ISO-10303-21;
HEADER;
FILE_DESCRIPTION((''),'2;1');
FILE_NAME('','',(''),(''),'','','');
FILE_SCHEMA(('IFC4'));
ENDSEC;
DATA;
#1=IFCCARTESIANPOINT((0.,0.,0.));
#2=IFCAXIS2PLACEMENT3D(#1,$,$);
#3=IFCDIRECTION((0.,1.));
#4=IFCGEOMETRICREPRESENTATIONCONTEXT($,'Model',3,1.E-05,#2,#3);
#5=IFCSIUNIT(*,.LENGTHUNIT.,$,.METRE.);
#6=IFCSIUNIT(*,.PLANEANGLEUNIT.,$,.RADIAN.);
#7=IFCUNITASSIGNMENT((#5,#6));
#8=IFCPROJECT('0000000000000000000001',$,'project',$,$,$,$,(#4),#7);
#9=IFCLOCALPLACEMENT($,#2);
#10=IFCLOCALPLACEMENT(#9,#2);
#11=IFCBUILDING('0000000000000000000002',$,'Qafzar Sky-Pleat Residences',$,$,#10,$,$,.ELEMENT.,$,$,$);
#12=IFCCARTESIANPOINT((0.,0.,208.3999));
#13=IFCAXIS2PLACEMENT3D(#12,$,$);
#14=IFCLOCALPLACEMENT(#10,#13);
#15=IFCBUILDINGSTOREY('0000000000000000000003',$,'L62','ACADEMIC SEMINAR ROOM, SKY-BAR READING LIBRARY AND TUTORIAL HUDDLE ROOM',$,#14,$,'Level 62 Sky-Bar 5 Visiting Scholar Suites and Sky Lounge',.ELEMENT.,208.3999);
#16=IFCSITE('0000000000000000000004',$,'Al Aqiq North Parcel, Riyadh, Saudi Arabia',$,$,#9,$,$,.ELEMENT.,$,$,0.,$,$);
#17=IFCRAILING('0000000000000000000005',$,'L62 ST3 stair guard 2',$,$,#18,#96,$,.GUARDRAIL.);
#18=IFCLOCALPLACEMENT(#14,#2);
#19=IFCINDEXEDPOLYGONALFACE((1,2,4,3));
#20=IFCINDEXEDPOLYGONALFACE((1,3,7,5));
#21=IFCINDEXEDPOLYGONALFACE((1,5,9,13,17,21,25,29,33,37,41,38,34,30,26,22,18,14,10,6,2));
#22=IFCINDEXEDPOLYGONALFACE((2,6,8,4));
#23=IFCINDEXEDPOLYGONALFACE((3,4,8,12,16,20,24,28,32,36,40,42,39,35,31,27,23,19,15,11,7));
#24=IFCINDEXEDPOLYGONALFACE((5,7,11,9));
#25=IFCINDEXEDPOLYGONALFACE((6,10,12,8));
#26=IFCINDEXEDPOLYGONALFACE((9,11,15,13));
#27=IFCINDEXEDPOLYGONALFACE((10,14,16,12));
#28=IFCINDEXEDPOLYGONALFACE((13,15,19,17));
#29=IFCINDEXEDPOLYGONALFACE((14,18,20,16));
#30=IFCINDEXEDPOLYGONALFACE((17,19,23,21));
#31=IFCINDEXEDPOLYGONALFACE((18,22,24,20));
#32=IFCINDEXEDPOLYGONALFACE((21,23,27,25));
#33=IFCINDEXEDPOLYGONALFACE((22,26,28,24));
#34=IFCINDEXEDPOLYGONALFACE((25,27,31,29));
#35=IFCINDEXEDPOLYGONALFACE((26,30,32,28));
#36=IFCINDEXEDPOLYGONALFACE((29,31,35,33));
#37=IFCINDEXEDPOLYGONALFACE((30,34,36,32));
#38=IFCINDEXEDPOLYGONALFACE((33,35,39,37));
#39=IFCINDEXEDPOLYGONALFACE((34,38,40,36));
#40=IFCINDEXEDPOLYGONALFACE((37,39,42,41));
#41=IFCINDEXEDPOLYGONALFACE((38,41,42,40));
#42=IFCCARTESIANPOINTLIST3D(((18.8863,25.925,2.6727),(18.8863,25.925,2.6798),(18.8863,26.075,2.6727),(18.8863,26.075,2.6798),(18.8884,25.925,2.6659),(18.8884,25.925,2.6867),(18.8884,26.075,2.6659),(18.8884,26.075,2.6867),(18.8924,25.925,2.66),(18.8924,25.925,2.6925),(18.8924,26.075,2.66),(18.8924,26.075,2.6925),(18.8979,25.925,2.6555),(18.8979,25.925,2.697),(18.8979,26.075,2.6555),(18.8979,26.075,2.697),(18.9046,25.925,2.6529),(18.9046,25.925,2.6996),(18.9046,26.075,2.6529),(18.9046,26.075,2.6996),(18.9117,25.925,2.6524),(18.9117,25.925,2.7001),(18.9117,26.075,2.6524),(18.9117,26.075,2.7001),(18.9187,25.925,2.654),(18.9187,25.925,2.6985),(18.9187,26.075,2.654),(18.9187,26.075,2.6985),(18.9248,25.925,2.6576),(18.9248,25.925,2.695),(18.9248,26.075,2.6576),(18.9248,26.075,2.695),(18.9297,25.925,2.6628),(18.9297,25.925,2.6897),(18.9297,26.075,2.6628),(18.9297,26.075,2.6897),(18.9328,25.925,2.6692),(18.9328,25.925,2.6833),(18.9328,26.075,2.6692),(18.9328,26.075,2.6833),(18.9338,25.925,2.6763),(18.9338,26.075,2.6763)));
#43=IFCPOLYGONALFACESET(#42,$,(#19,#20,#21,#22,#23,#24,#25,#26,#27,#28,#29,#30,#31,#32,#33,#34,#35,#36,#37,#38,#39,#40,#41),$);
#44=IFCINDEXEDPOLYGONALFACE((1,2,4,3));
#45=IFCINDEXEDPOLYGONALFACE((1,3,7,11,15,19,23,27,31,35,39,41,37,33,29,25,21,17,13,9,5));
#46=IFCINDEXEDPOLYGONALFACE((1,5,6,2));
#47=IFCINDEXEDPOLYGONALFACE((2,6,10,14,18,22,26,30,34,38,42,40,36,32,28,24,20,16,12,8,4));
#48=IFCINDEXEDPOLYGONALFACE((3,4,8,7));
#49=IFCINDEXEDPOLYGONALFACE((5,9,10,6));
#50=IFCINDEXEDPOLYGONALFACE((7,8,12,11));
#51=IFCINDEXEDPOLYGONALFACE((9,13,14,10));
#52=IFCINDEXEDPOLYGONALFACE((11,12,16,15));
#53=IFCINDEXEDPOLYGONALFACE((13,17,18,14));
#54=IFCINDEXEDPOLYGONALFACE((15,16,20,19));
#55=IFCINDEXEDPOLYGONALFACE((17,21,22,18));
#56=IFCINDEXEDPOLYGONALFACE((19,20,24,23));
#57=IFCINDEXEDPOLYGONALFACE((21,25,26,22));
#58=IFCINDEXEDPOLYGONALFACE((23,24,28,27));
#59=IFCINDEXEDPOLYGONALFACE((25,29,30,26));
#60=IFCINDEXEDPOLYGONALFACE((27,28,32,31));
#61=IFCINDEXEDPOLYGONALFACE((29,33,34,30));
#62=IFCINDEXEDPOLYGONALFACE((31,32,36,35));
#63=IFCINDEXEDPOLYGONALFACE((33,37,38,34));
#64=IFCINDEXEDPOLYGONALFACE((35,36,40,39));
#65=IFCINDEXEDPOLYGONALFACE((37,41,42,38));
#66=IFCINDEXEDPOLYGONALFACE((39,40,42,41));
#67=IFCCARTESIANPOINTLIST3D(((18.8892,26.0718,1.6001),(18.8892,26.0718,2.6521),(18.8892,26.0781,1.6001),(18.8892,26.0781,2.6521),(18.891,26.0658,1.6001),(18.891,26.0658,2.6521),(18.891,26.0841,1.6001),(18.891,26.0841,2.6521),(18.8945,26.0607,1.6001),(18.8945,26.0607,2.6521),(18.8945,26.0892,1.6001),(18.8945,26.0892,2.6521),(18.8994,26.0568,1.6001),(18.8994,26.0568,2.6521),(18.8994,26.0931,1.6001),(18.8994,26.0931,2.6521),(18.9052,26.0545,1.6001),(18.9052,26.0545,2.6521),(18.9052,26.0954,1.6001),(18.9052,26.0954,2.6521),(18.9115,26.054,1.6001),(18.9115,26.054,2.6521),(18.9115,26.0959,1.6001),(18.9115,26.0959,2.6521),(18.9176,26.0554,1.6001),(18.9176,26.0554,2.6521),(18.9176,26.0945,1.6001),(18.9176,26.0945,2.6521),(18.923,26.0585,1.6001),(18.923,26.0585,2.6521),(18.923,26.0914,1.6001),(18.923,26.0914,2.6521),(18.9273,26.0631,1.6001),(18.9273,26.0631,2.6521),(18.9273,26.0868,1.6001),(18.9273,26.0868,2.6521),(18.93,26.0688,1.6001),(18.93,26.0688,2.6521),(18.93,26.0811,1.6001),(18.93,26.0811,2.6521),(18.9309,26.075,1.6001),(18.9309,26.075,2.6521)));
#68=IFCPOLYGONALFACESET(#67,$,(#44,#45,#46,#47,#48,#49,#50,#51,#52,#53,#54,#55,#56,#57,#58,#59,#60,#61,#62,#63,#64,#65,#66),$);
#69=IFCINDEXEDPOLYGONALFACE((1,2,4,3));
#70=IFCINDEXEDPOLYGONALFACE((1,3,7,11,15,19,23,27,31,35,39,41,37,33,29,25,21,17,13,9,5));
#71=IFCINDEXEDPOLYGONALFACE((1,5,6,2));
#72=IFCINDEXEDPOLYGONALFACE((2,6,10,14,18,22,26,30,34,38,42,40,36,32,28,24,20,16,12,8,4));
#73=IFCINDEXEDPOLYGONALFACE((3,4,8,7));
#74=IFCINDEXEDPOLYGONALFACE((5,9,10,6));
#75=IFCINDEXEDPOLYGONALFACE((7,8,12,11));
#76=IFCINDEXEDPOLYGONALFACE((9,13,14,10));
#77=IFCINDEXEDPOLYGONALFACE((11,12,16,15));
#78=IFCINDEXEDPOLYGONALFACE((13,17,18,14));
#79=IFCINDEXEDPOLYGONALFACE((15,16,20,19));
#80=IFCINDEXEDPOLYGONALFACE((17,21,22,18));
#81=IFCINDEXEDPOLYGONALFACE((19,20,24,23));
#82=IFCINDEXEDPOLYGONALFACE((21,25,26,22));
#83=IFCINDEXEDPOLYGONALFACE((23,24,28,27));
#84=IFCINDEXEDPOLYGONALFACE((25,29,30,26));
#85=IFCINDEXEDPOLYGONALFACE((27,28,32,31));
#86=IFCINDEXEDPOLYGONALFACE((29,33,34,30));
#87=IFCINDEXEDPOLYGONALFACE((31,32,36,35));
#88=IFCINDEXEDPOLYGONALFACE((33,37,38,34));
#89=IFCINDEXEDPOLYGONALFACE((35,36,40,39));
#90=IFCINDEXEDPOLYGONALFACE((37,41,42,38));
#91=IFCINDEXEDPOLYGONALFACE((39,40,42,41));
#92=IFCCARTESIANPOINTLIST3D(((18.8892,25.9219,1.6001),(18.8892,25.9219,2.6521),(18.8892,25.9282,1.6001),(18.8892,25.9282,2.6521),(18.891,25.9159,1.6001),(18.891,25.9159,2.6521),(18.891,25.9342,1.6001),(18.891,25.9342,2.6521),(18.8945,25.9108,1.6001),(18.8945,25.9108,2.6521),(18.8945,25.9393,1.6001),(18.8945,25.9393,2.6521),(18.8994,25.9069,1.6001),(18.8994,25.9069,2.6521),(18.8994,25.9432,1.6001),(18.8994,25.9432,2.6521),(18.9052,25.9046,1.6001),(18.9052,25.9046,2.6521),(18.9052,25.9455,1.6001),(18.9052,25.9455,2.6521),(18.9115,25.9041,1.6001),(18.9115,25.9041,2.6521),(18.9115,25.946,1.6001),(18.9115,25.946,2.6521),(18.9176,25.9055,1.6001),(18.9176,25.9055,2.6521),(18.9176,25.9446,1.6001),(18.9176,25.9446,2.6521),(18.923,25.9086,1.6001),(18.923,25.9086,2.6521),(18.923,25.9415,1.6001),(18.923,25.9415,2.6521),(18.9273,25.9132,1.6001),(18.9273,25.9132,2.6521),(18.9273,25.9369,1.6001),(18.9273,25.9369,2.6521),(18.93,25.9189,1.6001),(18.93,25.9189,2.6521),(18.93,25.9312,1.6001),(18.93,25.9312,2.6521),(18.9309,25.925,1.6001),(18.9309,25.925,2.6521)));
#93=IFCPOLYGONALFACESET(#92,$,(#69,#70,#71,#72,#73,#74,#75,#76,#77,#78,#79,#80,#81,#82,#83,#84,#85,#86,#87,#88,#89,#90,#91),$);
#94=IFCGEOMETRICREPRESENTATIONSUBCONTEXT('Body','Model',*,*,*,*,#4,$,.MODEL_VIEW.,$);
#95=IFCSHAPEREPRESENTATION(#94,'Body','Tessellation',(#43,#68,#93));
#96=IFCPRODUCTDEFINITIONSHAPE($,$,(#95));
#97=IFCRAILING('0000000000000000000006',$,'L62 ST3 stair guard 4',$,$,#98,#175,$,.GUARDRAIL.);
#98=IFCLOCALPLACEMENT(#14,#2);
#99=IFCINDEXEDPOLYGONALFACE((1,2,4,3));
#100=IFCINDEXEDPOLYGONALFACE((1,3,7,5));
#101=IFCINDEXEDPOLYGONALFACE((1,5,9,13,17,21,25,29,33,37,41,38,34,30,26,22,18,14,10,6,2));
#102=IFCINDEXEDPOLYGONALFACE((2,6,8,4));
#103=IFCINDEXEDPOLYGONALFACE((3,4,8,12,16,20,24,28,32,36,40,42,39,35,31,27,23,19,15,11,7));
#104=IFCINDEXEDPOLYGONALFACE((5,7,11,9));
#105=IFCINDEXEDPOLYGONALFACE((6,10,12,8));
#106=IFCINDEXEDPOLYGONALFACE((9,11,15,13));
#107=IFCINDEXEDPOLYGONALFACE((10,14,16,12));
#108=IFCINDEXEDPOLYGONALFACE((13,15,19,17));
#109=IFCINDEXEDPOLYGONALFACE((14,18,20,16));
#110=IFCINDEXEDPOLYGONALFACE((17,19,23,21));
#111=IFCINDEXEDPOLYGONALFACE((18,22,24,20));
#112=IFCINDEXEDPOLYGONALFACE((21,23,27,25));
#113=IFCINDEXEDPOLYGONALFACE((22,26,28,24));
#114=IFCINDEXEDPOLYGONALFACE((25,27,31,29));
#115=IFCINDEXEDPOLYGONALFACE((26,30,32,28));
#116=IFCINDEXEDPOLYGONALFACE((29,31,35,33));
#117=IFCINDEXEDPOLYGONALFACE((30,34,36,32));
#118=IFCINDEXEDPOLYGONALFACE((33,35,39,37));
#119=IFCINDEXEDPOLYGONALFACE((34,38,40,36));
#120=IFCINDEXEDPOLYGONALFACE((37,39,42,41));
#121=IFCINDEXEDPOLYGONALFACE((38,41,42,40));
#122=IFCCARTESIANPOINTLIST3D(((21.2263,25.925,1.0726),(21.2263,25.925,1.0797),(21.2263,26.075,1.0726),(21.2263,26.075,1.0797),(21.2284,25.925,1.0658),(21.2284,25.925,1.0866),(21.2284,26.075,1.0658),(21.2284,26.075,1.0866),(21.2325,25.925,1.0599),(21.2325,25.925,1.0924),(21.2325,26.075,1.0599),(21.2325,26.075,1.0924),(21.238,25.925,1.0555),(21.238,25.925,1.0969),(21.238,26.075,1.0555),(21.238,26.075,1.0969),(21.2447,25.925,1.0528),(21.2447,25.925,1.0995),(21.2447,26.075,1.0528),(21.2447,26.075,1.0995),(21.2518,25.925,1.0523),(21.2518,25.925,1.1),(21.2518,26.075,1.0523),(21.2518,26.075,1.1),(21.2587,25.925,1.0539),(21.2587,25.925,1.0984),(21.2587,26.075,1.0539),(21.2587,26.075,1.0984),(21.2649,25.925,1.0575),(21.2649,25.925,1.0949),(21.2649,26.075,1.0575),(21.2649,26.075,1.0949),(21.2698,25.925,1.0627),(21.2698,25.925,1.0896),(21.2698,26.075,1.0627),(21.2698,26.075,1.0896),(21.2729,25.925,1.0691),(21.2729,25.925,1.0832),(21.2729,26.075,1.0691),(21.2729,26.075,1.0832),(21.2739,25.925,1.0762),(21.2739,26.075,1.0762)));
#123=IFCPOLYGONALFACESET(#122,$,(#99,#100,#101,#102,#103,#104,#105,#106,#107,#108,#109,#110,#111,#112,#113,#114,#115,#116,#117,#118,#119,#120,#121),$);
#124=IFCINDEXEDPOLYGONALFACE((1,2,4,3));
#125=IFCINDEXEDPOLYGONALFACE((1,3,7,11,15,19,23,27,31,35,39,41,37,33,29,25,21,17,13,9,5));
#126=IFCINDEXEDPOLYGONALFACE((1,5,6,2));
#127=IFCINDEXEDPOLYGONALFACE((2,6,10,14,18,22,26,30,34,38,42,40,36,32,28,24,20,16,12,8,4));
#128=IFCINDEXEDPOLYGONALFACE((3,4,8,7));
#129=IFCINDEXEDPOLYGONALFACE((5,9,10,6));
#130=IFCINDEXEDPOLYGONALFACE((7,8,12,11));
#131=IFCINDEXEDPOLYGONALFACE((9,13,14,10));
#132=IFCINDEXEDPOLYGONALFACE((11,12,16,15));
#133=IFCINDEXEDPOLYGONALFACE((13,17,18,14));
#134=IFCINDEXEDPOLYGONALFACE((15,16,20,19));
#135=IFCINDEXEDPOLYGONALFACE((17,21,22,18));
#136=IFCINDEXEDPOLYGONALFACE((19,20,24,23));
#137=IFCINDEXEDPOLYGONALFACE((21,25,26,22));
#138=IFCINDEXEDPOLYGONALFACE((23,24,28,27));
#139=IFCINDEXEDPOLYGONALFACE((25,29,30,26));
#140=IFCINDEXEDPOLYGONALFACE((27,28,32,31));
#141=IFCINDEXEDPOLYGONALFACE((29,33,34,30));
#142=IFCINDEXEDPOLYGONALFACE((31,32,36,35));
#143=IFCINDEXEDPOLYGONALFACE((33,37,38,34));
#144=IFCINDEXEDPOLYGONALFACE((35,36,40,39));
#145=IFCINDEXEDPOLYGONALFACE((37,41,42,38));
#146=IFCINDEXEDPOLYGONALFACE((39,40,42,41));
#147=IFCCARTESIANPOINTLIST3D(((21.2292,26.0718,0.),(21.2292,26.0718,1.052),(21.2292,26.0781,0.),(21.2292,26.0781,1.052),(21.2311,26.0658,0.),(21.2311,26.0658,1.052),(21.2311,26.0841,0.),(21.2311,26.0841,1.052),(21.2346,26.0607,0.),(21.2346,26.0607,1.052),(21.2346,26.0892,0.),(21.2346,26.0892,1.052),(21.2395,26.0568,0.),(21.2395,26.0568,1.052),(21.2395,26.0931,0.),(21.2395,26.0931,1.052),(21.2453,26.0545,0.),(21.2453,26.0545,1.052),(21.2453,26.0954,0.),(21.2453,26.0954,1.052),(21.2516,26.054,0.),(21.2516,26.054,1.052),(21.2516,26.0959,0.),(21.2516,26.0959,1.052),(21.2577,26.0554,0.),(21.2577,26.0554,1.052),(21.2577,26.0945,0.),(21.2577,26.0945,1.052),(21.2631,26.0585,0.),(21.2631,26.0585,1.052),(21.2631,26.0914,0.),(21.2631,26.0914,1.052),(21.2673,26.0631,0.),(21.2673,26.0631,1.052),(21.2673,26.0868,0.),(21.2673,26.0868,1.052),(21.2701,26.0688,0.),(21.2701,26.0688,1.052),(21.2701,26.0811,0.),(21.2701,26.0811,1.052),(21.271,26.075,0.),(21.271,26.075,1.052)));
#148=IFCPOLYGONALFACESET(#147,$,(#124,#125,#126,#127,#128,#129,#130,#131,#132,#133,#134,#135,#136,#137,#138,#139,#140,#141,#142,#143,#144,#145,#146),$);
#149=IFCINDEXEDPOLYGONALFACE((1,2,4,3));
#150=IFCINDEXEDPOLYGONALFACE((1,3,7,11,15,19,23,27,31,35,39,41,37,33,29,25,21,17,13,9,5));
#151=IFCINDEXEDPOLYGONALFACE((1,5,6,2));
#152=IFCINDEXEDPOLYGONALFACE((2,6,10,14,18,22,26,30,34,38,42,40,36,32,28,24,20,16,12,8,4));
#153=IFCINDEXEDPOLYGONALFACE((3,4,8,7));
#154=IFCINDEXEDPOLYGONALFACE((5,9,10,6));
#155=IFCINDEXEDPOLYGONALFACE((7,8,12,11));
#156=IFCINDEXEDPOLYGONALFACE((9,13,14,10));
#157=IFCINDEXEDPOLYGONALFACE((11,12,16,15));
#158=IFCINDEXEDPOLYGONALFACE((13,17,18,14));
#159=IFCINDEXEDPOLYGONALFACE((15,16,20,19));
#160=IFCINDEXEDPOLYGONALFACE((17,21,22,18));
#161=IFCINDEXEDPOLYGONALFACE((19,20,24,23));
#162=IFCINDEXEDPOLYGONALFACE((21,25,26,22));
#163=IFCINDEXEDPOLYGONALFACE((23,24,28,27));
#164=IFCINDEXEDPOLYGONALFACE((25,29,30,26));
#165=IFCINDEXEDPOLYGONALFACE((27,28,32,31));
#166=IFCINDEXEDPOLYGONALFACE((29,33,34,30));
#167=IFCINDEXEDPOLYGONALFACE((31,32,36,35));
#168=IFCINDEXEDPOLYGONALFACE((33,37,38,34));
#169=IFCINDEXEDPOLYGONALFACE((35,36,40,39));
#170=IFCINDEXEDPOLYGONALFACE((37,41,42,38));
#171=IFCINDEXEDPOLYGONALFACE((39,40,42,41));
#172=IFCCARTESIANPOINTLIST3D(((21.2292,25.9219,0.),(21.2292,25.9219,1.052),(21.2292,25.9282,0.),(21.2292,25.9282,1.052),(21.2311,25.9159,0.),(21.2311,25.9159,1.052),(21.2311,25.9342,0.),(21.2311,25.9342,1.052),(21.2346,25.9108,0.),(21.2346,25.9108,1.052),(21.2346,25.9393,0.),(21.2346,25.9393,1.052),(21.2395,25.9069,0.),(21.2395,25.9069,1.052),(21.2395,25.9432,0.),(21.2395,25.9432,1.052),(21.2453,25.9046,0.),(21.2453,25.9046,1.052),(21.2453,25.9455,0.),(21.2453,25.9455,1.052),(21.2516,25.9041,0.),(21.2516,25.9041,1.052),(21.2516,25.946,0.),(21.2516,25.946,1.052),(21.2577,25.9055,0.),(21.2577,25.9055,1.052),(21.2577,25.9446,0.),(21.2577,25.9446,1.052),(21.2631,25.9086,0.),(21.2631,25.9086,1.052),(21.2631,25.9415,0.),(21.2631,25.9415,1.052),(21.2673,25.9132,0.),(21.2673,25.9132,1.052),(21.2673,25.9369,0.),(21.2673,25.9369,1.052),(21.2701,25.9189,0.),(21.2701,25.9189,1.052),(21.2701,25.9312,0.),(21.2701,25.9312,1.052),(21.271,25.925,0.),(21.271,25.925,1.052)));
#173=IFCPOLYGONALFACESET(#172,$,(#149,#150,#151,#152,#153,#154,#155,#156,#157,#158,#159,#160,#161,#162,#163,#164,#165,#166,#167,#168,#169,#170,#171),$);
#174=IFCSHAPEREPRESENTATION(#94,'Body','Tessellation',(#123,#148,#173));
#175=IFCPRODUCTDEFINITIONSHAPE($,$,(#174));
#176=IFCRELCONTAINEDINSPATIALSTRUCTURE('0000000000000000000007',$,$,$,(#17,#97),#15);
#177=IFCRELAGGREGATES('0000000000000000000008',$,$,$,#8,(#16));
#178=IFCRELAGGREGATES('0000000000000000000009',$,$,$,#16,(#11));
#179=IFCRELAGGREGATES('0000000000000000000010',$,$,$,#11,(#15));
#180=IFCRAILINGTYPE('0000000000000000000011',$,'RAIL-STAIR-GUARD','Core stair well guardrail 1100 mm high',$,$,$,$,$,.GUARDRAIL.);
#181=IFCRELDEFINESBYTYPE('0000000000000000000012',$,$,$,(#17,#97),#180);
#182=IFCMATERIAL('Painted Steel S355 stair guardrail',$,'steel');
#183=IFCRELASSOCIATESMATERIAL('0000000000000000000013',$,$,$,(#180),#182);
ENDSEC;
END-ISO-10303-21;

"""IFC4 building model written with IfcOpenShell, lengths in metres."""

from ifc_helpers import new_model, si_unit, direction, frame, origin, origin_2d, place, context, subcontext, project, spatial, circle, extrude, source, transform, mapped, material, type_object, element, save


model = new_model("IFC4")

# Units and contexts
model_context = context("Model", 3, precision=1e-05, world=origin(), true_north=direction((0.0, 1.0)))
body_context = subcontext(model_context, "Body", "Model", "MODEL_VIEW")
ifc_project = project(units=[si_unit("LENGTHUNIT", "METRE"), si_unit("PLANEANGLEUNIT", "RADIAN")], contexts=[model_context])

# Site, building, storey
site_placement = place(None, origin())
site = spatial("IfcSite", under=ifc_project, at=site_placement, Name="Al Aqiq North Parcel, Riyadh, Saudi Arabia", CompositionType="ELEMENT", RefElevation=0.0)
building_placement = place(site_placement, origin())
building = spatial("IfcBuilding", under=site, at=building_placement, Name="Qafzar Sky-Pleat Residences", CompositionType="ELEMENT")
storey_placement = place(building_placement, frame((0.0, 0.0, 208.3999)))
storey = spatial("IfcBuildingStorey", under=building, at=storey_placement, Name="L62", Description="ACADEMIC SEMINAR ROOM, SKY-BAR READING LIBRARY AND TUTORIAL HUDDLE ROOM", LongName="Level 62 Sky-Bar 5 Visiting Scholar Suites and Sky Lounge", CompositionType="ELEMENT", Elevation=208.3999)

# Railings
ifc_material_1 = material(Name="Painted Steel S355 stair guardrail", Category="steel")
railing_type_1 = type_object("IfcRailingType", Name="RAIL-STAIR-GUARD", Description="Core stair well guardrail 1100 mm high", PredefinedType="GUARDRAIL", material=ifc_material_1)
shared_shape_1 = source(origin(), body_context, "Body", "SweptSolid", [
    extrude(circle(Radius=0.0239, at=origin_2d()), frame((0.0, 0.0, 1.0762), z_axis=(0.0, -1.0, 0.0), x_axis=(1.0, 0.0, 0.0)), (0.0, 0.0, 1.0), 0.1499),
    extrude(circle(Radius=0.021, at=origin_2d()), origin(), (0.0, 0.0, 1.0), 1.052),
    extrude(circle(Radius=0.021, at=origin_2d()), frame((0.0, -0.1499, 0.0)), (0.0, 0.0, 1.0), 1.052),
])
for number, where, name in (
    (1, (18.9099, 26.075, 1.6001), "L62 ST3 stair guard 2"),
    (2, (21.25, 26.075, 0.0), "L62 ST3 stair guard 4"),
):
    element("IfcRailing", number, at=place(storey_placement, frame(where)), inside=storey, type_object=railing_type_1, Name=name, PredefinedType="GUARDRAIL", context=body_context, shape_type="MappedRepresentation", body=[
        mapped(shared_shape_1, transform((0.0, 0.0, 0.0), x_axis=(1.0, 0.0, 0.0), y_axis=(0.0, 1.0, 0.0), z_axis=(0.0, 0.0, 1.0), scale=1.0)),
    ])

save(model, "model.ifc")
